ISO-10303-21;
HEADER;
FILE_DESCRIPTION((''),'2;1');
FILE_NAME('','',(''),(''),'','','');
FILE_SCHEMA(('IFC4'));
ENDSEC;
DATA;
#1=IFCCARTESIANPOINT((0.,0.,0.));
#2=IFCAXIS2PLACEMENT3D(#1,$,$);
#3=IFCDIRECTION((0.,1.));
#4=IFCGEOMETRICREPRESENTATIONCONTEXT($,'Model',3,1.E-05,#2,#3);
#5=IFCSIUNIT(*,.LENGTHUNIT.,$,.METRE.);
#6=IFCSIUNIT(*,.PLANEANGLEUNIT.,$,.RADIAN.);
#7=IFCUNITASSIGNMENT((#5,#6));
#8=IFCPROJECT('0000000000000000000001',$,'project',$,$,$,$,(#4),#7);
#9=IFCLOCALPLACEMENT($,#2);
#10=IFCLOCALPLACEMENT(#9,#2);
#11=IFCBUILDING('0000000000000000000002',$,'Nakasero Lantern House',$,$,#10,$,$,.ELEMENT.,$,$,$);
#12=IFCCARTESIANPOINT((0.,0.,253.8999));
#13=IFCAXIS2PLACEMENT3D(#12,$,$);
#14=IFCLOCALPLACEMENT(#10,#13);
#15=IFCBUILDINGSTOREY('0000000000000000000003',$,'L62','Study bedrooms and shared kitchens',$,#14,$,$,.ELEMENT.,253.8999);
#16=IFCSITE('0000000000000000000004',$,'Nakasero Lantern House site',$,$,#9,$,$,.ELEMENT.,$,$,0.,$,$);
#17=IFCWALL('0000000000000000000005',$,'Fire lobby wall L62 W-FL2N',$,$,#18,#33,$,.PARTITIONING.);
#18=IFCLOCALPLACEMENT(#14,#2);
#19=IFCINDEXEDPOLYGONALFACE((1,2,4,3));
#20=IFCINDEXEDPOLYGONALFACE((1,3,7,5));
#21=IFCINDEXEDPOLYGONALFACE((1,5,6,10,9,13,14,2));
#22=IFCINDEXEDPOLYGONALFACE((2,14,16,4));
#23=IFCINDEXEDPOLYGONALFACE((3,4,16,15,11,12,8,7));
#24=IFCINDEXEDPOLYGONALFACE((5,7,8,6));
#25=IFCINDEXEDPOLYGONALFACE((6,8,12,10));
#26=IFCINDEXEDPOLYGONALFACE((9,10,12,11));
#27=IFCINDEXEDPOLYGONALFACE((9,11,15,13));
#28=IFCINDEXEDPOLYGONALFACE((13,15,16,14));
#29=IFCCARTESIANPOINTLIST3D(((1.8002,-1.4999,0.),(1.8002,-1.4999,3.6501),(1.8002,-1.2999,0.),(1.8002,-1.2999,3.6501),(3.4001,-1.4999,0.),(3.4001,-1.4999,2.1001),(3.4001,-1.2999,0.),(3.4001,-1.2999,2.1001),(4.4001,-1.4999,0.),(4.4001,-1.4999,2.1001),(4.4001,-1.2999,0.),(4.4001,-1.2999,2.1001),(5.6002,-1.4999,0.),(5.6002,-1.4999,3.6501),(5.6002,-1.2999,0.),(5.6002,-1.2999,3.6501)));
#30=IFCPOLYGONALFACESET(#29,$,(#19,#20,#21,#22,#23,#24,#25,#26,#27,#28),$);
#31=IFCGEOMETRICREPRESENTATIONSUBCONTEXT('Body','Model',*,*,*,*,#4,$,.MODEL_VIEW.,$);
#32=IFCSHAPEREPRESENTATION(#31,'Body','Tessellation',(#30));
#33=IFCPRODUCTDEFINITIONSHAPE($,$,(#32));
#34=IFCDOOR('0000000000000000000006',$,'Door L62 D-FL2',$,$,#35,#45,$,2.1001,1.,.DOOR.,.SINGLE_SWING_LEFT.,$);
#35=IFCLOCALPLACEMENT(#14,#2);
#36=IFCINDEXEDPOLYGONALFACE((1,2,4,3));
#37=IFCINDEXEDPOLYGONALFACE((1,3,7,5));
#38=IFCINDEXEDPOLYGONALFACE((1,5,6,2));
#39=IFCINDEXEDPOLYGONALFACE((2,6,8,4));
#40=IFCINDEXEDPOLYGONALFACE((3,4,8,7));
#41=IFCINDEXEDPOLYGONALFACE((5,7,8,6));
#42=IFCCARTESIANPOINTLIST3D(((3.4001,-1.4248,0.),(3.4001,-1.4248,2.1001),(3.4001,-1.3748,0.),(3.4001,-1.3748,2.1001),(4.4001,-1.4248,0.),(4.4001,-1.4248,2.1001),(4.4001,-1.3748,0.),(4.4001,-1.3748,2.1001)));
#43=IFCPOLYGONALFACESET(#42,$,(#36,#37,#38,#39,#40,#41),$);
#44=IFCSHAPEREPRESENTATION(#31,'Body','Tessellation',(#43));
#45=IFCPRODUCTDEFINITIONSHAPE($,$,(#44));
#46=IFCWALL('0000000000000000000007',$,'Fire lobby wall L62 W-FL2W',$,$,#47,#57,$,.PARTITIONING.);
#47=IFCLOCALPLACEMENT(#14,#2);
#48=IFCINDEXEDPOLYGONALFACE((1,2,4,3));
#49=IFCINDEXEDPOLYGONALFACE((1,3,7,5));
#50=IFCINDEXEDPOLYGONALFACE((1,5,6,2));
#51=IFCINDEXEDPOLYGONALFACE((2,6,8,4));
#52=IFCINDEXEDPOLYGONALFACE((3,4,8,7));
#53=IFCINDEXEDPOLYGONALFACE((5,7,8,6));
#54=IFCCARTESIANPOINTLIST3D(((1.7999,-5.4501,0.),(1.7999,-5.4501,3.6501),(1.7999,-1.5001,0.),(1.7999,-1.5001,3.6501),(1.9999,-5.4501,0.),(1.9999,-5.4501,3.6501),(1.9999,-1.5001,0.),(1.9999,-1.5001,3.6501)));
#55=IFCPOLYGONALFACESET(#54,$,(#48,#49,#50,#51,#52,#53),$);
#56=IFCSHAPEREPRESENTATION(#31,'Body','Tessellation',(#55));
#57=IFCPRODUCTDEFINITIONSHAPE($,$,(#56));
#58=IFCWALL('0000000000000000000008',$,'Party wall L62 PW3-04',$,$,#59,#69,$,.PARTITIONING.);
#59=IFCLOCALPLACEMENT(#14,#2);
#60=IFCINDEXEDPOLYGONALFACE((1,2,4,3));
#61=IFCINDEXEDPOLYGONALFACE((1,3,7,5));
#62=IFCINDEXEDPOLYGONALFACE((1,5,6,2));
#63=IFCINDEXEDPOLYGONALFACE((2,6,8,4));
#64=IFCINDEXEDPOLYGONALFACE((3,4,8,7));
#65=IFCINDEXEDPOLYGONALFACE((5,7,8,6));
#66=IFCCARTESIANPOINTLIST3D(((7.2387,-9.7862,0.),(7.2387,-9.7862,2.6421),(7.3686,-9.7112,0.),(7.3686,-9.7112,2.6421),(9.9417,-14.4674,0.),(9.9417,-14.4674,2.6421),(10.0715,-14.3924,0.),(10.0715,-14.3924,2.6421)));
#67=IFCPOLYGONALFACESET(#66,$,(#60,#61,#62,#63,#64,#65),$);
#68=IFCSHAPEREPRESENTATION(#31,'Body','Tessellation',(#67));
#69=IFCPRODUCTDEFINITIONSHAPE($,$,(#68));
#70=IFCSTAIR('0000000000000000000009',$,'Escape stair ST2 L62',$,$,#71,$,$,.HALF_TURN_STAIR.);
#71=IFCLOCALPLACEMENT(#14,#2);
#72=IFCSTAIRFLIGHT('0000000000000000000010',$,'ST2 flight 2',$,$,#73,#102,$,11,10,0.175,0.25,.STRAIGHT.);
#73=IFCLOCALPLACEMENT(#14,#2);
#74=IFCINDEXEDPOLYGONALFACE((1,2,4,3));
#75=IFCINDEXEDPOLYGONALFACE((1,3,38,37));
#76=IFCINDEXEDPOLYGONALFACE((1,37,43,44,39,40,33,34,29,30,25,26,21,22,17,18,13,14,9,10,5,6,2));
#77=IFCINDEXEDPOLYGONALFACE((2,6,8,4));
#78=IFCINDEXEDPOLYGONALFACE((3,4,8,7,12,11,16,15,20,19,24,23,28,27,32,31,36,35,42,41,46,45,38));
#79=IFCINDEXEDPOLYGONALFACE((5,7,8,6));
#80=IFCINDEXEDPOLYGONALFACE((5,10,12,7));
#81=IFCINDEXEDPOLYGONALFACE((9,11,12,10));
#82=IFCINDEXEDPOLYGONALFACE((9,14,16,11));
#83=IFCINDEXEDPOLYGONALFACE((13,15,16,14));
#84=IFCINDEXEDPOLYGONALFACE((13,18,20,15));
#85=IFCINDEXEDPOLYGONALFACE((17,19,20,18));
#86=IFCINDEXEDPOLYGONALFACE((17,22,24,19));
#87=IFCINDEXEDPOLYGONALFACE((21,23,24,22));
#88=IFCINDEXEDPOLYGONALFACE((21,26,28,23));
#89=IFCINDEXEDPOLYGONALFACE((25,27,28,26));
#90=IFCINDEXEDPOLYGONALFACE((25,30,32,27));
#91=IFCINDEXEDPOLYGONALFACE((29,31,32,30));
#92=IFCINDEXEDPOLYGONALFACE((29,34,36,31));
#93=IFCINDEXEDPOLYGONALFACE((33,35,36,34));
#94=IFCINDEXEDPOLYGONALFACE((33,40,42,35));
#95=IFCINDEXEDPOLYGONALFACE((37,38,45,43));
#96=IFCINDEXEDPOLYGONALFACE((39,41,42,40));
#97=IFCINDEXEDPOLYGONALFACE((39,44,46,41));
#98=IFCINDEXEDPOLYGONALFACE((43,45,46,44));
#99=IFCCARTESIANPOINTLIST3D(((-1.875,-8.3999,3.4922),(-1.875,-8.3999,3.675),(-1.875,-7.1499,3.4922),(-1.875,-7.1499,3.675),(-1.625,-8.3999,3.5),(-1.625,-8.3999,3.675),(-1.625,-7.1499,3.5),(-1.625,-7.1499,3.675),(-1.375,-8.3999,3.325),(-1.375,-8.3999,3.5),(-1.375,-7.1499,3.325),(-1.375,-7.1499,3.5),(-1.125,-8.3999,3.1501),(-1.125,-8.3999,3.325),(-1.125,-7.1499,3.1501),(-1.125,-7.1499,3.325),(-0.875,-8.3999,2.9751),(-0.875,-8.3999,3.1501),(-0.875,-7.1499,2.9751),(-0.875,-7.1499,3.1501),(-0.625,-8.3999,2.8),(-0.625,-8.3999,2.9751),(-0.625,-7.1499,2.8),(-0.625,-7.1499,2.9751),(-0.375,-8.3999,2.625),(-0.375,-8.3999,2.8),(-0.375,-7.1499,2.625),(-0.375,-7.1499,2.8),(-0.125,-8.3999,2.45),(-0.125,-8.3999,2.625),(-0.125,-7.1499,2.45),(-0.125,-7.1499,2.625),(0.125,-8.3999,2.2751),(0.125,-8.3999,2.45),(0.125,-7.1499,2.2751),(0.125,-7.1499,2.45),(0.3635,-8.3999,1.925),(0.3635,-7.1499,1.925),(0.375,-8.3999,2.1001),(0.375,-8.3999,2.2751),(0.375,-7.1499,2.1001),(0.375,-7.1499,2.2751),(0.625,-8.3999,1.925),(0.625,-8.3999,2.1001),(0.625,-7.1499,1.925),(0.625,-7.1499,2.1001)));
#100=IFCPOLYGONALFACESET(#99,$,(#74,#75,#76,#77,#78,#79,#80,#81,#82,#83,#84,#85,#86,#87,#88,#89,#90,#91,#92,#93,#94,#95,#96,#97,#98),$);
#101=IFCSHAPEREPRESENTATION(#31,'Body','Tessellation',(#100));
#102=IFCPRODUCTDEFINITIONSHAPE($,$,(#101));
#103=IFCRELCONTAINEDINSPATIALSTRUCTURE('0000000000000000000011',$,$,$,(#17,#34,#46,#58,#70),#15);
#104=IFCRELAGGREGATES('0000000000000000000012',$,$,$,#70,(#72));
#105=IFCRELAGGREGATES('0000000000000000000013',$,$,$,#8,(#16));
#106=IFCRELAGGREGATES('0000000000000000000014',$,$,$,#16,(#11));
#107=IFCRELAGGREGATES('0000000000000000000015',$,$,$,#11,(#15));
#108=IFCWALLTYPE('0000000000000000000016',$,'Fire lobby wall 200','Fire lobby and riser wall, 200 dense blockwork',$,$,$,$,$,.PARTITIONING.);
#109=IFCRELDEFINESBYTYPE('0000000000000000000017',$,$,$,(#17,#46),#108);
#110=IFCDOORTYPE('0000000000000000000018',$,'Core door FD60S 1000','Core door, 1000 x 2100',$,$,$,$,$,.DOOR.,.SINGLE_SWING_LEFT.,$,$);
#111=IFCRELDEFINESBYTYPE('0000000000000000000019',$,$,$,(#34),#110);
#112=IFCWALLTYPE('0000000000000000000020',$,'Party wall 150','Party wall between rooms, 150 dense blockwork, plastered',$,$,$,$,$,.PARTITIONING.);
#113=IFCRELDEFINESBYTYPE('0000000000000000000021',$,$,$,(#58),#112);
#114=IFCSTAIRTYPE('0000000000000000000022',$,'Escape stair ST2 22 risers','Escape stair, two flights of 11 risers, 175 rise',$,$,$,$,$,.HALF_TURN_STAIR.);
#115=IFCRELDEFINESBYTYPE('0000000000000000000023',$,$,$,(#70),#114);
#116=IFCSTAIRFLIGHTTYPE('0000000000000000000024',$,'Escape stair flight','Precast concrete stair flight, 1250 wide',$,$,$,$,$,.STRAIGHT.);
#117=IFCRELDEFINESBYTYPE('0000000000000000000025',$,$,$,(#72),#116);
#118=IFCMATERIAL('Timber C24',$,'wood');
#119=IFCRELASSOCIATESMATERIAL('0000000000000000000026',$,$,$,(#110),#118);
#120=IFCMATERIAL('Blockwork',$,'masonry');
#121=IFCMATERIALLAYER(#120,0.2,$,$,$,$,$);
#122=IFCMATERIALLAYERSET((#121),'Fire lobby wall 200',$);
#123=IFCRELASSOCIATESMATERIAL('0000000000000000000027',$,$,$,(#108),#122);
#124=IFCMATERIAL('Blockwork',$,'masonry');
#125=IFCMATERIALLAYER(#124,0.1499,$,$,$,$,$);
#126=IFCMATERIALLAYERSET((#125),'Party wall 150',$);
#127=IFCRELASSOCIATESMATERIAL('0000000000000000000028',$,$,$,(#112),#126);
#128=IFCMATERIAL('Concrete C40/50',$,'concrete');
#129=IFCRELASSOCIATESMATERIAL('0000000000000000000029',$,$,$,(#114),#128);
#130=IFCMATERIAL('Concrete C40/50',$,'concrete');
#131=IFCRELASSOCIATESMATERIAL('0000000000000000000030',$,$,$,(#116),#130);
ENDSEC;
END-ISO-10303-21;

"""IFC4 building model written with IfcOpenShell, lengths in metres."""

from ifc_helpers import new_model, si_unit, direction, frame, frame_2d, origin, place, context, subcontext, project, spatial, polyline, rectangle, outline, extrude, material, layer, layer_set, type_object, element, fill, aggregate, save


model = new_model("IFC4")

# Units and contexts
model_context = context("Model", 3, precision=1e-05, world=origin(), true_north=direction((0.0, 1.0)))
body_context = subcontext(model_context, "Body", "Model", "MODEL_VIEW")
ifc_project = project(units=[si_unit("LENGTHUNIT", "METRE"), si_unit("PLANEANGLEUNIT", "RADIAN")], contexts=[model_context])

# Site, building, storey
site_placement = place(None, origin())
site = spatial("IfcSite", under=ifc_project, at=site_placement, Name="Nakasero Lantern House site", CompositionType="ELEMENT", RefElevation=0.0)
building_placement = place(site_placement, origin())
building = spatial("IfcBuilding", under=site, at=building_placement, Name="Nakasero Lantern House", CompositionType="ELEMENT")
storey_placement = place(building_placement, frame((0.0, 0.0, 253.8999)))
storey = spatial("IfcBuildingStorey", under=building, at=storey_placement, Name="L62", Description="Study bedrooms and shared kitchens", CompositionType="ELEMENT", Elevation=253.8999)

# Shared definitions
ifc_material_1 = material(Name="Timber C24", Category="wood")
door_type_1 = type_object("IfcDoorType", Name="Core door FD60S 1000", Description="Core door, 1000 x 2100", OperationType="SINGLE_SWING_LEFT", PredefinedType="DOOR", material=ifc_material_1)

# Wall, opening, door
ifc_material_2 = material(Name="Blockwork", Category="masonry")
ifc_layer_1 = layer(ifc_material_2, 0.2)
ifc_layer_set_1 = layer_set([ifc_layer_1], Name="Fire lobby wall 200")
wall_type_1 = type_object("IfcWallType", Name="Fire lobby wall 200", Description="Fire lobby and riser wall, 200 dense blockwork", PredefinedType="PARTITIONING", material=ifc_layer_set_1)
wall_1_placement = place(storey_placement, frame((5.6001, -1.3999, 0.0), z_axis=(0.0, 0.0, 1.0), x_axis=(-1.0, 0.0, 0.0)))
wall_1 = element("IfcWall", 1, at=wall_1_placement, inside=storey, type_object=wall_type_1, Name="Fire lobby wall L62 W-FL2N", PredefinedType="PARTITIONING", context=body_context, shape_type="SweptSolid", body=[
    extrude(rectangle(XDim=3.8, YDim=0.2, at=frame_2d((1.8999, 0.0))), origin(), (0.0, 0.0, 1.0), 3.6501),
])
opening_1_placement = place(wall_1_placement, frame((1.2, 0.0, 0.0)))
opening_1 = element("IfcOpeningElement", 2, at=opening_1_placement, cuts=wall_1, PredefinedType="OPENING", context=body_context, shape_type="SweptSolid", body=[
    extrude(rectangle(XDim=1.0, YDim=2.1001, at=frame_2d((0.5, 1.05))), frame((0.0, 0.1199, 0.0), z_axis=(0.0, -1.0, 0.0), x_axis=(1.0, 0.0, 0.0)), (0.0, 0.0, 1.0), 0.24),
])
door_1_placement = place(opening_1_placement, origin())
door_1 = element("IfcDoor", 3, at=door_1_placement, inside=storey, type_object=door_type_1, Name="Door L62 D-FL2", OperationType="SINGLE_SWING_LEFT", OverallHeight=2.1001, OverallWidth=1.0, PredefinedType="DOOR", context=body_context, shape_type="SweptSolid", body=[
    extrude(rectangle(XDim=1.0, YDim=2.1001, at=frame_2d((0.5, 1.05))), frame((0.0, 0.0249, 0.0), z_axis=(0.0, -1.0, 0.0), x_axis=(1.0, 0.0, 0.0)), (0.0, 0.0, 1.0), 0.05),
])
fill(opening_1, door_1)

# Walls
wall_2_placement = place(storey_placement, frame((1.8999, -1.5, 0.0), z_axis=(0.0, 0.0, 1.0), x_axis=(0.0, -1.0, 0.0)))
element("IfcWall", 4, at=wall_2_placement, inside=storey, type_object=wall_type_1, Name="Fire lobby wall L62 W-FL2W", PredefinedType="PARTITIONING", context=body_context, shape_type="SweptSolid", body=[
    extrude(rectangle(XDim=3.95, YDim=0.2, at=frame_2d((1.9751, 0.0))), origin(), (0.0, 0.0, 1.0), 3.6501),
])
ifc_material_3 = material(Name="Blockwork", Category="masonry")
ifc_layer_2 = layer(ifc_material_3, 0.1499)
ifc_layer_set_2 = layer_set([ifc_layer_2], Name="Party wall 150")
wall_type_2 = type_object("IfcWallType", Name="Party wall 150", Description="Party wall between rooms, 150 dense blockwork, plastered", PredefinedType="PARTITIONING", material=ifc_layer_set_2)
wall_3_placement = place(storey_placement, frame((7.3037, -9.7488, 0.0), z_axis=(0.0, 0.0, 1.0), x_axis=(0.50003, -0.866008, 0.0)))
element("IfcWall", 5, at=wall_3_placement, inside=storey, type_object=wall_type_2, Name="Party wall L62 PW3-04", PredefinedType="PARTITIONING", context=body_context, shape_type="SweptSolid", body=[
    extrude(rectangle(XDim=5.4055, YDim=0.1499, at=frame_2d((2.7026, 0.0))), origin(), (0.0, 0.0, 1.0), 2.6421),
])

# Stair, stair flight
ifc_material_4 = material(Name="Concrete C40/50", Category="concrete")
stair_type = type_object("IfcStairType", Name="Escape stair ST2 22 risers", Description="Escape stair, two flights of 11 risers, 175 rise", PredefinedType="HALF_TURN_STAIR", material=ifc_material_4)
stair_placement = place(storey_placement, origin())
stair = element("IfcStair", 6, at=stair_placement, inside=storey, type_object=stair_type, Name="Escape stair ST2 L62", PredefinedType="HALF_TURN_STAIR")
ifc_material_5 = material(Name="Concrete C40/50", Category="concrete")
stair_flight_type = type_object("IfcStairFlightType", Name="Escape stair flight", Description="Precast concrete stair flight, 1250 wide", PredefinedType="STRAIGHT", material=ifc_material_5)
stair_flight_placement = place(storey_placement, frame((0.625, -7.7749, 1.925), z_axis=(0.0, 0.0, 1.0), x_axis=(-1.0, 0.0, 0.0)))
stair_flight = element("IfcStairFlight", 7, at=stair_flight_placement, type_object=stair_flight_type, Name="ST2 flight 2", NumberOfRisers=11, NumberOfTreads=10, PredefinedType="STRAIGHT", RiserHeight=0.175, TreadLength=0.25, context=body_context, shape_type="SweptSolid", body=[
    extrude(outline(polyline([(0.0, 0.0), (0.0, 0.175), (0.25, 0.175), (0.25, 0.3501), (0.5, 0.3501), (0.5, 0.5249), (0.75, 0.5249), (0.75, 0.7), (1.0, 0.7), (1.0, 0.875), (1.25, 0.875), (1.25, 1.05), (1.5, 1.05), (1.5, 1.2251), (1.75, 1.2251), (1.75, 1.3999), (2.0, 1.3999), (2.0, 1.575), (2.25, 1.575), (2.25, 1.75), (2.5, 1.75), (2.5, 1.925), (2.5, 1.5671), (0.2615, 0.0), (0.0, 0.0)])), frame((0.0, 0.625, 0.0), z_axis=(0.0, -1.0, 0.0), x_axis=(1.0, 0.0, 0.0)), (0.0, 0.0, 1.0), 1.25),
])
aggregate(stair, [stair_flight])

save(model, "model.ifc")
